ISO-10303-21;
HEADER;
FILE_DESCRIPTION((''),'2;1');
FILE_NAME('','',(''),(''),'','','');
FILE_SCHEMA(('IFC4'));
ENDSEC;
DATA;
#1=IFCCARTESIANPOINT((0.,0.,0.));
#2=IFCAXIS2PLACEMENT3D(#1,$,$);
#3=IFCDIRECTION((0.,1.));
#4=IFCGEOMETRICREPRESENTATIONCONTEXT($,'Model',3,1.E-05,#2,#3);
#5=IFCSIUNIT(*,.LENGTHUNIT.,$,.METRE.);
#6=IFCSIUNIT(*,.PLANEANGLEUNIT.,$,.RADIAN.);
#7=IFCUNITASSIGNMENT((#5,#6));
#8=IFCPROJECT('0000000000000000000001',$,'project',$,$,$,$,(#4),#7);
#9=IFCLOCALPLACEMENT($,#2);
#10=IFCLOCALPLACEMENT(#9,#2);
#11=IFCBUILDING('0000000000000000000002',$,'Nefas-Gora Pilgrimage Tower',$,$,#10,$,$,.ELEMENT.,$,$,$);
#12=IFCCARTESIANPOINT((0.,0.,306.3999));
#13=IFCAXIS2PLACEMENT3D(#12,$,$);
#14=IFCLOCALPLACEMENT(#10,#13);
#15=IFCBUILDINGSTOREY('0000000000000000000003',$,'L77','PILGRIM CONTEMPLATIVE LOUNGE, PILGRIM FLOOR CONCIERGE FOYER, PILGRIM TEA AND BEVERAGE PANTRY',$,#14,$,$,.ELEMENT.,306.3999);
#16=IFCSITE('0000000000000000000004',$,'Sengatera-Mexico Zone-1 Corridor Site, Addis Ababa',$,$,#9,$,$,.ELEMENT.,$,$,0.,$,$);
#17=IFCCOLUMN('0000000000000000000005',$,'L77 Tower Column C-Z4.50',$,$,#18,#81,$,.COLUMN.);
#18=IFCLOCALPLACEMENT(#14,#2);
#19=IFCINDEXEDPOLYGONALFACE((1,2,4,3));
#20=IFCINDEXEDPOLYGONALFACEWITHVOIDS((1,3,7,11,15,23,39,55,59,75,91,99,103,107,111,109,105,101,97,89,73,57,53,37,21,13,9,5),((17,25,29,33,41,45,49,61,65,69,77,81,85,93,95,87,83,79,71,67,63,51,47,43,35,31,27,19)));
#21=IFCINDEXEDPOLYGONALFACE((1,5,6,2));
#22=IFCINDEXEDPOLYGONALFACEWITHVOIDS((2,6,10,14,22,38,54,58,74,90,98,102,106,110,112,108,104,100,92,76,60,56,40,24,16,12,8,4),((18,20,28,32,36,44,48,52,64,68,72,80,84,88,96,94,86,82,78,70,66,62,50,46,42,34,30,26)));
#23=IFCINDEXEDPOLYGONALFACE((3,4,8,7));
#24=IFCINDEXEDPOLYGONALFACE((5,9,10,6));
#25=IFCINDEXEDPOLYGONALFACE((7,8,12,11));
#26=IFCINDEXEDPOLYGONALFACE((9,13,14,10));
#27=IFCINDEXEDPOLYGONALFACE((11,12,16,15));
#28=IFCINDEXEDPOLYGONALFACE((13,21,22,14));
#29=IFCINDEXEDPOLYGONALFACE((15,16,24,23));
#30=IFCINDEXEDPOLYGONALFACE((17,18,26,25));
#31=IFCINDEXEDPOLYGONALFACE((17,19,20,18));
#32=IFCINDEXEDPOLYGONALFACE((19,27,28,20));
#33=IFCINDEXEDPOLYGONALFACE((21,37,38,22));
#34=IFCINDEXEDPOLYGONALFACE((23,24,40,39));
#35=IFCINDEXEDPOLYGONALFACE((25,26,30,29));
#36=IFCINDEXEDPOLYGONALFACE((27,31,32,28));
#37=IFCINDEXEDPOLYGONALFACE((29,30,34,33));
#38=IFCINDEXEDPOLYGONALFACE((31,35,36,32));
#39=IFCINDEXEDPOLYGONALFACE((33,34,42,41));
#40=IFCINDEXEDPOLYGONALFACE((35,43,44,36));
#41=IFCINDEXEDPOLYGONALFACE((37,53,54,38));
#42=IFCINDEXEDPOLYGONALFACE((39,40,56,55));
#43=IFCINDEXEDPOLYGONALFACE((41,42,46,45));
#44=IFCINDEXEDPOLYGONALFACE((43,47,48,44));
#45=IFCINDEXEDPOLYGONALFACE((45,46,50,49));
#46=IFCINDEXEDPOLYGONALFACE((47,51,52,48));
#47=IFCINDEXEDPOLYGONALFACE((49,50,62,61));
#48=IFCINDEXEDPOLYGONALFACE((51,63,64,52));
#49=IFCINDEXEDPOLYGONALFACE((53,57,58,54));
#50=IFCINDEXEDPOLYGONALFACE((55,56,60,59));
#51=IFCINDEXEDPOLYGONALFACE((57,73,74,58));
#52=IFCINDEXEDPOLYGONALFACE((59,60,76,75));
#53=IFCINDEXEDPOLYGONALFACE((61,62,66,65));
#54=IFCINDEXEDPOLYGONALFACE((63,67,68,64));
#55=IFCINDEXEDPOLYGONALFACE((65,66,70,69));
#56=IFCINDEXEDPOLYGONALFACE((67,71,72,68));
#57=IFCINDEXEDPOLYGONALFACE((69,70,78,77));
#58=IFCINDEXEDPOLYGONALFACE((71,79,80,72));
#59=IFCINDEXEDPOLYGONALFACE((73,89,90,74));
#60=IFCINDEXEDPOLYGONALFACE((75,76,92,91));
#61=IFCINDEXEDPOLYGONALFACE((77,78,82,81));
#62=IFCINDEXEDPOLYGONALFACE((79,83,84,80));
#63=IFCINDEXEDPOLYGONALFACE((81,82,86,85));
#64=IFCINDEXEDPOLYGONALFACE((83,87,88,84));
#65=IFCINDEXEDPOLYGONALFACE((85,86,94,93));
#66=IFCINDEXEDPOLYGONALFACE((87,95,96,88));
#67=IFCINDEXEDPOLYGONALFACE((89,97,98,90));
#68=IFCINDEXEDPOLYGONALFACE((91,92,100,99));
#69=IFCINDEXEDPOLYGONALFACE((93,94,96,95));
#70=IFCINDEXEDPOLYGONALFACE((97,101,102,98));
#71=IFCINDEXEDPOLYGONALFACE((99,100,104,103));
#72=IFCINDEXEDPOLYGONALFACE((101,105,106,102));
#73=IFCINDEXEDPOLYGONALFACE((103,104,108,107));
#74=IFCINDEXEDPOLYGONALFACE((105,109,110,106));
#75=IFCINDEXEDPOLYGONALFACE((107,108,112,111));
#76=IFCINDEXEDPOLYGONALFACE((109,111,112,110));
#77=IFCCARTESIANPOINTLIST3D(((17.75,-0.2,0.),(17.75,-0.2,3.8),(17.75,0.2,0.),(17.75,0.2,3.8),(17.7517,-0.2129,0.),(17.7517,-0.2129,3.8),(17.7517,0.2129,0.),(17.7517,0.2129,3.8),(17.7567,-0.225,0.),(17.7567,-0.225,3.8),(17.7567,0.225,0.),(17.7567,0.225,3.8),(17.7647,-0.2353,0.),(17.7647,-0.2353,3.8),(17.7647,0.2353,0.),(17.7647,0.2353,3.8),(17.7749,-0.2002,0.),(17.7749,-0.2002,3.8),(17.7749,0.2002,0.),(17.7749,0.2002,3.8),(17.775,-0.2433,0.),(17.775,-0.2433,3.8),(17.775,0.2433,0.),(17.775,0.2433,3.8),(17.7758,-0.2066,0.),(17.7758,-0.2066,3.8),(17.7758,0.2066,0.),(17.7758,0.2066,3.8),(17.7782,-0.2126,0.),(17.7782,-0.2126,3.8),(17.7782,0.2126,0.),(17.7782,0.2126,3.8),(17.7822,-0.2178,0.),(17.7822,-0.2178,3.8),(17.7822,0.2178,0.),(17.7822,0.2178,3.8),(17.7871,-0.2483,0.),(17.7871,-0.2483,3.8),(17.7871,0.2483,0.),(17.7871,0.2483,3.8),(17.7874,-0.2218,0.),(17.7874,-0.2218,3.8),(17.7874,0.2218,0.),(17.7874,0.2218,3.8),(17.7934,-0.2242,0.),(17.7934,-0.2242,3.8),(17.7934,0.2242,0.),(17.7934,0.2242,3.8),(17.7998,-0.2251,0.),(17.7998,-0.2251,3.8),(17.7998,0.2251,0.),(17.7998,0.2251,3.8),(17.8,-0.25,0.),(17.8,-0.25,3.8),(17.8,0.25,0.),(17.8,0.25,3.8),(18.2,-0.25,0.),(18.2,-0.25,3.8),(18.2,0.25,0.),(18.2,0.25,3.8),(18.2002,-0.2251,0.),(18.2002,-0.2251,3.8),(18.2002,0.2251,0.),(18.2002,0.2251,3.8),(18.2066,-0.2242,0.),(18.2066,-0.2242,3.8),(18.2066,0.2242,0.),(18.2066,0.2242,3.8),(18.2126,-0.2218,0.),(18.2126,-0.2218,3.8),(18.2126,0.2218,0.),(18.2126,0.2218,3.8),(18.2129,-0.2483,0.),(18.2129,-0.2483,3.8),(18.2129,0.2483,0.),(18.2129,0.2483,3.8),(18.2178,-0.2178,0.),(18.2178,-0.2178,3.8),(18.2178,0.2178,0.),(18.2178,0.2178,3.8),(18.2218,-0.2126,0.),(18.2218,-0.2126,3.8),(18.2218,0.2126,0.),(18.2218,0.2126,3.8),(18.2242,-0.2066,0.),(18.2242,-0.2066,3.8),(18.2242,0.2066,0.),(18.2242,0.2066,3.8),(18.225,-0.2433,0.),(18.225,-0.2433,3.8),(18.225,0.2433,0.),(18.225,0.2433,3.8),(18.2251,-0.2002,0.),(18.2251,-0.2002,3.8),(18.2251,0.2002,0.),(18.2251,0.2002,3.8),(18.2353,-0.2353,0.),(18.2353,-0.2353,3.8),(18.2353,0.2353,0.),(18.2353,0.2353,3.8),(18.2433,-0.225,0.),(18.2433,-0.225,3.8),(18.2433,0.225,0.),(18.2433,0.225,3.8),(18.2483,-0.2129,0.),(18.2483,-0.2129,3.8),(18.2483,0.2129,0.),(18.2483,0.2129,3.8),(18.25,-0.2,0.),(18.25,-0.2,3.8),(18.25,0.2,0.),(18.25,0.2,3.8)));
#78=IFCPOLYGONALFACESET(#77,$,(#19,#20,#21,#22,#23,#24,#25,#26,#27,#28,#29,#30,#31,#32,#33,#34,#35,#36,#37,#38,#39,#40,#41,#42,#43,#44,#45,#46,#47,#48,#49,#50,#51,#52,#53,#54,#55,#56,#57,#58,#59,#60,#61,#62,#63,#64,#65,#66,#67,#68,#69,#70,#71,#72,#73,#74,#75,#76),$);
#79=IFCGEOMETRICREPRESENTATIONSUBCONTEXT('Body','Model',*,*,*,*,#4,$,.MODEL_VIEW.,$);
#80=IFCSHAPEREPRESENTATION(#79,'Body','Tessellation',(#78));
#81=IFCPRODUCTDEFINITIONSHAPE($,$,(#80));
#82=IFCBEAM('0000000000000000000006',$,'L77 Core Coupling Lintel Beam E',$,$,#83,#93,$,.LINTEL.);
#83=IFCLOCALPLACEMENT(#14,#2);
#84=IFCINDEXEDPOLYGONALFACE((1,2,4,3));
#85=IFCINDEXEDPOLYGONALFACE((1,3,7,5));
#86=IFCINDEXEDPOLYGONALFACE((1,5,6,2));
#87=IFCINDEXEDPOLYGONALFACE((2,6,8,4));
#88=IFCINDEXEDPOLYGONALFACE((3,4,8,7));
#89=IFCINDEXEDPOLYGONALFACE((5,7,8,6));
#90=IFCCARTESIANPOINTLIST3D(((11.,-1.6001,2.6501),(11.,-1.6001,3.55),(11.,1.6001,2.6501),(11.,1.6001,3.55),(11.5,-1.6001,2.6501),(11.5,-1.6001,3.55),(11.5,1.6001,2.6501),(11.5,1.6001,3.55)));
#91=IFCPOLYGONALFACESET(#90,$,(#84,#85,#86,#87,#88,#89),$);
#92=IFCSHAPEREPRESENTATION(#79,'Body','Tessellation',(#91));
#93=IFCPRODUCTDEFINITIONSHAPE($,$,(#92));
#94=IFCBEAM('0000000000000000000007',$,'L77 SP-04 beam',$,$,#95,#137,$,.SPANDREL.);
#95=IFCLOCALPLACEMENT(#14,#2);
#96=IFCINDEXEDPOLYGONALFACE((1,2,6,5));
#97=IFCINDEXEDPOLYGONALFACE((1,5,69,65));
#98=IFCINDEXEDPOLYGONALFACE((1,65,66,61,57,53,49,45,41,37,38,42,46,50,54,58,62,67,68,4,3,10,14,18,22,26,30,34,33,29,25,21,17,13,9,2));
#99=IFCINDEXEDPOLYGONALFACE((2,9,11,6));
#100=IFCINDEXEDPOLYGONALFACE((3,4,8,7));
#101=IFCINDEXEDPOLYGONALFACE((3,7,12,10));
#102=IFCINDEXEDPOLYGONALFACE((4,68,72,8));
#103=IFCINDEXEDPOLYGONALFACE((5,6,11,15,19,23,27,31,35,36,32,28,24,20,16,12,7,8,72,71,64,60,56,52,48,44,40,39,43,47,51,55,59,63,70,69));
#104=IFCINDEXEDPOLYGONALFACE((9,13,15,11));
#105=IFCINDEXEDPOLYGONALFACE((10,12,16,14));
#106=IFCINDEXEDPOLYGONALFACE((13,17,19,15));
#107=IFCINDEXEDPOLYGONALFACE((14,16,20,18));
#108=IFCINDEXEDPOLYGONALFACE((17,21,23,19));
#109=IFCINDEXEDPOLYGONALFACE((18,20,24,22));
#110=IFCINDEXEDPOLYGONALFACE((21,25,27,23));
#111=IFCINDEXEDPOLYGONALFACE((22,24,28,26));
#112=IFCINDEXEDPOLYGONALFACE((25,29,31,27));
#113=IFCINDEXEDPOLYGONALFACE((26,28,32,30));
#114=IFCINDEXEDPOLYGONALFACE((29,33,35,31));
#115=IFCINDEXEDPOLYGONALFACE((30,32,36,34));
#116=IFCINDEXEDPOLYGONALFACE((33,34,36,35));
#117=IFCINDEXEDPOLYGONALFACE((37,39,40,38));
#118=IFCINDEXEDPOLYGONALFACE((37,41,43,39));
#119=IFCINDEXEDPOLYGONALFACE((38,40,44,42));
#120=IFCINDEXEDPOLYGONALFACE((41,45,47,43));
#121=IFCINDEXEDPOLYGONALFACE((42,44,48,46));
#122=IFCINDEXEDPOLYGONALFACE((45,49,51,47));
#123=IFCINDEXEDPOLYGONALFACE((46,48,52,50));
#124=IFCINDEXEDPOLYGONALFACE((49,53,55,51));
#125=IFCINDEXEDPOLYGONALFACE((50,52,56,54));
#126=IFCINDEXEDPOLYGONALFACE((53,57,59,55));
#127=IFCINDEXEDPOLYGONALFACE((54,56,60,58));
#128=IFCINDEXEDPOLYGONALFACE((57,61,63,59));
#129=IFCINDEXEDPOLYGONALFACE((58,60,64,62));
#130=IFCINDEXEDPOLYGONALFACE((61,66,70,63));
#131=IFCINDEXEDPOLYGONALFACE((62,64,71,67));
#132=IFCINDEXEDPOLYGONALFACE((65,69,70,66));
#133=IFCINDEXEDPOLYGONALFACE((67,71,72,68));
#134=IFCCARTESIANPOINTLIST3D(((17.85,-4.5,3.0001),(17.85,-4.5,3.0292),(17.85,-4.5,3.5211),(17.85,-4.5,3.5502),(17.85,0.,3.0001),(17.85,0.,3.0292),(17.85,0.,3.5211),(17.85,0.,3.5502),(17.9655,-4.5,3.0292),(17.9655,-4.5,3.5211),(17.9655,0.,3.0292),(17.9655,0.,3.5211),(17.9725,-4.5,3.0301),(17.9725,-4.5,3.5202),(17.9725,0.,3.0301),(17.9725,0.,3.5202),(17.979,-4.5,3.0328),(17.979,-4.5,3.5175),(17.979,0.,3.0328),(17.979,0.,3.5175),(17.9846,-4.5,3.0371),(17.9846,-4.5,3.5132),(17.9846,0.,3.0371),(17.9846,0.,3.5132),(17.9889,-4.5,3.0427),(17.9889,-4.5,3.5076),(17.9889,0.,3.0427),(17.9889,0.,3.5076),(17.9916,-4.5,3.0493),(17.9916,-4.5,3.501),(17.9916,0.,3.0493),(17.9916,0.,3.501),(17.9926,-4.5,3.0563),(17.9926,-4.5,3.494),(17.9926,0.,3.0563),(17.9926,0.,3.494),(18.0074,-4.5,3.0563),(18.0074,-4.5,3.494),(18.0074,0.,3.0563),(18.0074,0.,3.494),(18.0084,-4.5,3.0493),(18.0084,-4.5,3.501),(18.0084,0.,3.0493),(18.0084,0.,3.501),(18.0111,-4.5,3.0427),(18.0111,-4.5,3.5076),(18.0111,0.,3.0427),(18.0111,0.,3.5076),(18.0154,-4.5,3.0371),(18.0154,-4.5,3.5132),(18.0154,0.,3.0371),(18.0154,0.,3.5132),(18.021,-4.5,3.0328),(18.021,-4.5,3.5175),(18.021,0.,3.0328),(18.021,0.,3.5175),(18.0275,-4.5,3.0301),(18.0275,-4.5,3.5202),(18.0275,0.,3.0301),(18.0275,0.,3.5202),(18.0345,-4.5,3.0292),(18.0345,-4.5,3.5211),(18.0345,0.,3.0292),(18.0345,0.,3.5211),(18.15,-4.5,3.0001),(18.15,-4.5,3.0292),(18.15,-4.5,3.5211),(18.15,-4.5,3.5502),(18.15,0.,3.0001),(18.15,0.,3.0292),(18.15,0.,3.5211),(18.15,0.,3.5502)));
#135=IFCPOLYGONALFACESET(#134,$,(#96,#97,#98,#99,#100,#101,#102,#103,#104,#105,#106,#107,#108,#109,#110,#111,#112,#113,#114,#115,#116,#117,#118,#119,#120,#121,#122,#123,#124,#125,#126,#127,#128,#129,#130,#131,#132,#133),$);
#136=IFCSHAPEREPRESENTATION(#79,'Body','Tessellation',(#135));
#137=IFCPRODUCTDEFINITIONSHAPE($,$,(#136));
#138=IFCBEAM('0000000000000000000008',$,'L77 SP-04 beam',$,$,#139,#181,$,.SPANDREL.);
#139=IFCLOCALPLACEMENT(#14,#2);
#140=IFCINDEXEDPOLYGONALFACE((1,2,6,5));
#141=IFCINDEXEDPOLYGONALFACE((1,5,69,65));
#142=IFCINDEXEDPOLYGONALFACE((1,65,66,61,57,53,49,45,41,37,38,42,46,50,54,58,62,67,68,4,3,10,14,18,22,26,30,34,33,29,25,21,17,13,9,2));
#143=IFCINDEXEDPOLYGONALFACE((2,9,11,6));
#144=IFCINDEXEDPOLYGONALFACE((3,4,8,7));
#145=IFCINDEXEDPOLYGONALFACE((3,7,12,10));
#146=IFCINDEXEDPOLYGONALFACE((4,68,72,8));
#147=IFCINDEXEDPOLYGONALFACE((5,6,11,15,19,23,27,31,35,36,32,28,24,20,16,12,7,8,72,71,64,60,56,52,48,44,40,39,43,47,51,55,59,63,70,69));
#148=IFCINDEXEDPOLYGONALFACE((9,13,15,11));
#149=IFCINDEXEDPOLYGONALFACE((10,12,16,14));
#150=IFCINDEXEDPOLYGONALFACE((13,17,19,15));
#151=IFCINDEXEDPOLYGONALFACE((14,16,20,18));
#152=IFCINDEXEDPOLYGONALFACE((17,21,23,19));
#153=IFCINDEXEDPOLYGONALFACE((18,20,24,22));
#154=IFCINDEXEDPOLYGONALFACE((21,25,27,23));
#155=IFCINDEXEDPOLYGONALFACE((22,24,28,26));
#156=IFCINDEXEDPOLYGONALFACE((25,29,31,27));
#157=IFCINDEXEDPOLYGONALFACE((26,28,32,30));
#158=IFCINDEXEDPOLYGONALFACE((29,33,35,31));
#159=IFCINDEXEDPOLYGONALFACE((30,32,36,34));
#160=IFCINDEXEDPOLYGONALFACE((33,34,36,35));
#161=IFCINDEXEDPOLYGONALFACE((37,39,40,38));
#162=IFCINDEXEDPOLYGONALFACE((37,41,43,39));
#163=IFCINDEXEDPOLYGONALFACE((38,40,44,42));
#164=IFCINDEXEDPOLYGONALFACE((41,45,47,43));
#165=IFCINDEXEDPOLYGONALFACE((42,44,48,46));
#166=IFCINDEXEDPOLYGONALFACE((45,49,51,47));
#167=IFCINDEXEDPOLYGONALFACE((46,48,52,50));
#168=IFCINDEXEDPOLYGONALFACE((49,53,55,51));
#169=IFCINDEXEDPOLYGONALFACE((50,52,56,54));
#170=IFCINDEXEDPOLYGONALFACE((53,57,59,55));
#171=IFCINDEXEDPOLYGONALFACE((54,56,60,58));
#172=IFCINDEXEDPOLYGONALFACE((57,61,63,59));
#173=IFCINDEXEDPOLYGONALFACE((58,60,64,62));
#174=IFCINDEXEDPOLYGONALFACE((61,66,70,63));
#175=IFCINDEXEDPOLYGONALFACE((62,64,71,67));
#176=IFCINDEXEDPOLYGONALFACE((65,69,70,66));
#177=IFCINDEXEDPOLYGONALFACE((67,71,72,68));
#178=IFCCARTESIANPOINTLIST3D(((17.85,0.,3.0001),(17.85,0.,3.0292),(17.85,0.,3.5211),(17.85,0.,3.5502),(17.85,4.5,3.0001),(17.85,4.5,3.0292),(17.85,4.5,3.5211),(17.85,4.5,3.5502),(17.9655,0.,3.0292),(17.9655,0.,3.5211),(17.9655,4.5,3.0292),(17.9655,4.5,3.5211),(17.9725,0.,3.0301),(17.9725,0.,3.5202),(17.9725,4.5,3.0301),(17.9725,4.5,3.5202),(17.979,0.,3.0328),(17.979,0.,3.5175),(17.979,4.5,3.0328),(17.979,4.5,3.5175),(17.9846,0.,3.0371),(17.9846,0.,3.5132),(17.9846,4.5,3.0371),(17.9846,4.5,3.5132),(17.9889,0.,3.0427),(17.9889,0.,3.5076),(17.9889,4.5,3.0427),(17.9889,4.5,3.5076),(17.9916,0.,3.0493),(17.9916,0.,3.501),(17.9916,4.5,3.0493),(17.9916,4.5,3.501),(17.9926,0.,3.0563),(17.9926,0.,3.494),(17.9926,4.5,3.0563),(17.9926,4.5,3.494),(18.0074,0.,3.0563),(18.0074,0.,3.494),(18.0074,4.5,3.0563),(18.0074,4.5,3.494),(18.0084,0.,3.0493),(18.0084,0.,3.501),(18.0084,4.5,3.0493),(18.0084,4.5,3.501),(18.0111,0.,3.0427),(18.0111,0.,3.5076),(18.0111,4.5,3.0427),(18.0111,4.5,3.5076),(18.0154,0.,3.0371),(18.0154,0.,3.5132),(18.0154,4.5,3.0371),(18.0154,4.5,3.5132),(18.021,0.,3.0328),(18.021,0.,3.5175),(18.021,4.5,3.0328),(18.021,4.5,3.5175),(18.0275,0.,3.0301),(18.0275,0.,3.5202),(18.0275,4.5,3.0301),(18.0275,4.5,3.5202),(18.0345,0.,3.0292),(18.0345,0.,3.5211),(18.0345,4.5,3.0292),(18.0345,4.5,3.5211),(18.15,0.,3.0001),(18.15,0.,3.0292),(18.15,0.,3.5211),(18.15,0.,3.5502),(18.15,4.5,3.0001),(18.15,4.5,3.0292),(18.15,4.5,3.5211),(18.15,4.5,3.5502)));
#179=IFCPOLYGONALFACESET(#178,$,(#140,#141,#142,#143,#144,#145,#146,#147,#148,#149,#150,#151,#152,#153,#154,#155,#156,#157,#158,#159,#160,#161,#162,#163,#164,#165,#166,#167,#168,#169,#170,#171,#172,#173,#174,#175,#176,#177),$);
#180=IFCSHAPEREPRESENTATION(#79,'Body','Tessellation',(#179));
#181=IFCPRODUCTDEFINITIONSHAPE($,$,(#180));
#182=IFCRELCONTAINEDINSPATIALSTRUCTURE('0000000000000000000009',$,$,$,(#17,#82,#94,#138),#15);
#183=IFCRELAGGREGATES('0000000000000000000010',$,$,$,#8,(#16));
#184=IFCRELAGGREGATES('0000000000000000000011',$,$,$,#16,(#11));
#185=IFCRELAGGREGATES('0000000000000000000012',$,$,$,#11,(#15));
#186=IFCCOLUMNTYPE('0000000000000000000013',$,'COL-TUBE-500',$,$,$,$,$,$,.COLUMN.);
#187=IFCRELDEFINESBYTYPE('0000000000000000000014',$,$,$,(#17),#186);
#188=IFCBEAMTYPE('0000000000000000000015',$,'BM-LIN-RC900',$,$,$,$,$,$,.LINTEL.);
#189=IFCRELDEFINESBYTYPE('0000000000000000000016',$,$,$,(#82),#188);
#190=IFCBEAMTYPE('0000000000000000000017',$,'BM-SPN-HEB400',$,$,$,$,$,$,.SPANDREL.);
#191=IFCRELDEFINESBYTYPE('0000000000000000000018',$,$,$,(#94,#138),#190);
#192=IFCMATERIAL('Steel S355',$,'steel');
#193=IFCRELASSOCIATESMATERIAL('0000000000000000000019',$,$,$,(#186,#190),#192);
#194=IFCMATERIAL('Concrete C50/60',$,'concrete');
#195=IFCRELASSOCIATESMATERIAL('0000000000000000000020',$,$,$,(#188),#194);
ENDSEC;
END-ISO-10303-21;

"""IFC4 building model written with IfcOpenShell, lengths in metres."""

from ifc_helpers import new_model, si_unit, direction, frame, origin, origin_2d, place, context, subcontext, project, spatial, rectangle, hollow_rectangle, i_section, extrude, source, transform, mapped, material, material_profile, profile_set, type_object, element, save


model = new_model("IFC4")

# Units and contexts
model_context = context("Model", 3, precision=1e-05, world=origin(), true_north=direction((0.0, 1.0)))
body_context = subcontext(model_context, "Body", "Model", "MODEL_VIEW")
ifc_project = project(units=[si_unit("LENGTHUNIT", "METRE"), si_unit("PLANEANGLEUNIT", "RADIAN")], contexts=[model_context])

# Site, building, storey
site_placement = place(None, origin())
site = spatial("IfcSite", under=ifc_project, at=site_placement, Name="Sengatera-Mexico Zone-1 Corridor Site, Addis Ababa", CompositionType="ELEMENT", RefElevation=0.0)
building_placement = place(site_placement, origin())
building = spatial("IfcBuilding", under=site, at=building_placement, Name="Nefas-Gora Pilgrimage Tower", CompositionType="ELEMENT")
storey_placement = place(building_placement, frame((0.0, 0.0, 306.3999)))
storey = spatial("IfcBuildingStorey", under=building, at=storey_placement, Name="L77", Description="PILGRIM CONTEMPLATIVE LOUNGE, PILGRIM FLOOR CONCIERGE FOYER, PILGRIM TEA AND BEVERAGE PANTRY", CompositionType="ELEMENT", Elevation=306.3999)

# Column
ifc_material_1 = material(Name="Steel S355", Category="steel")
ifc_material_profile_1 = material_profile(ifc_material_1, hollow_rectangle(XDim=0.5, YDim=0.5, WallThickness=0.0249, InnerFilletRadius=0.0249, OuterFilletRadius=0.05, at=origin_2d()), Name="SHS 500x500x25")
ifc_profile_set_1 = profile_set([ifc_material_profile_1], Name="Steel S355")
column_type_1 = type_object("IfcColumnType", Name="COL-TUBE-500", PredefinedType="COLUMN", material=ifc_profile_set_1)
shared_shape_1 = source(origin(), body_context, "Body", "SweptSolid", [
    extrude(hollow_rectangle(XDim=0.5, YDim=0.5, WallThickness=0.0249, InnerFilletRadius=0.0249, OuterFilletRadius=0.05, at=origin_2d()), origin(), (0.0, 0.0, 1.0), 3.8),
])
for number, where, z_axis, x_axis, name in (
    (1, (18.0, 0.0, 0.0), (0.0, 0.0, 1.0), (1.0, 0.0, 0.0), "L77 Tower Column C-Z4.50"),
):
    element("IfcColumn", number, at=place(storey_placement, frame(where, z_axis=z_axis, x_axis=x_axis)), inside=storey, type_object=column_type_1, Name=name, PredefinedType="COLUMN", context=body_context, shape_type="MappedRepresentation", body=[
        mapped(shared_shape_1, transform((0.0, 0.0, 0.0), x_axis=(1.0, 0.0, 0.0), y_axis=(0.0, 1.0, 0.0), z_axis=(0.0, 0.0, 1.0), scale=1.0)),
    ])

# Beams
ifc_material_2 = material(Name="Concrete C50/60", Category="concrete")
ifc_material_profile_2 = material_profile(ifc_material_2, rectangle(XDim=0.5, YDim=0.8999, at=origin_2d()), Name="RC 500x900")
ifc_profile_set_2 = profile_set([ifc_material_profile_2], Name="Concrete C50/60")
beam_type_1 = type_object("IfcBeamType", Name="BM-LIN-RC900", PredefinedType="LINTEL", material=ifc_profile_set_2)
shared_shape_2 = source(origin(), body_context, "Body", "SweptSolid", [
    extrude(rectangle(XDim=0.5, YDim=0.8999, at=origin_2d()), origin(), (0.0, 0.0, 1.0), 3.2002),
])
beam_placement = place(storey_placement, frame((11.25, -1.6001, 3.1001), z_axis=(0.0, 1.0, 0.0), x_axis=(-1.0, 0.0, 0.0)))
element("IfcBeam", 2, at=beam_placement, inside=storey, type_object=beam_type_1, Name="L77 Core Coupling Lintel Beam E", PredefinedType="LINTEL", context=body_context, shape_type="MappedRepresentation", body=[
    mapped(shared_shape_2, transform((0.0, 0.0, 0.0), x_axis=(1.0, 0.0, 0.0), y_axis=(0.0, 1.0, 0.0), z_axis=(0.0, 0.0, 1.0), scale=1.0)),
])
ifc_material_profile_3 = material_profile(ifc_material_1, i_section(OverallWidth=0.3, OverallDepth=0.55, WebThickness=0.0149, FlangeThickness=0.0291, FilletRadius=0.0271, at=origin_2d()), Name="HEB 550")
ifc_profile_set_3 = profile_set([ifc_material_profile_3], Name="Steel S355")
beam_type_2 = type_object("IfcBeamType", Name="BM-SPN-HEB400", PredefinedType="SPANDREL", material=ifc_profile_set_3)
shared_shape_3 = source(origin(), body_context, "Body", "SweptSolid", [
    extrude(i_section(OverallWidth=0.3, OverallDepth=0.55, WebThickness=0.0149, FlangeThickness=0.0291, FilletRadius=0.0271, at=origin_2d()), origin(), (0.0, 0.0, 1.0), 4.5),
])
for number, where, z_axis, x_axis, name in (
    (3, (18.0, -4.5, 3.2751), (0.0, 1.0, 0.0), (-1.0, 0.0, 0.0), "L77 SP-04 beam"),
    (4, (18.0, 0.0, 3.2751), (0.0, 1.0, 0.0), (-1.0, 0.0, 0.0), "L77 SP-04 beam"),
):
    element("IfcBeam", number, at=place(storey_placement, frame(where, z_axis=z_axis, x_axis=x_axis)), inside=storey, type_object=beam_type_2, Name=name, PredefinedType="SPANDREL", context=body_context, shape_type="MappedRepresentation", body=[
        mapped(shared_shape_3, transform((0.0, 0.0, 0.0), x_axis=(1.0, 0.0, 0.0), y_axis=(0.0, 1.0, 0.0), z_axis=(0.0, 0.0, 1.0), scale=1.0)),
    ])

save(model, "model.ifc")
